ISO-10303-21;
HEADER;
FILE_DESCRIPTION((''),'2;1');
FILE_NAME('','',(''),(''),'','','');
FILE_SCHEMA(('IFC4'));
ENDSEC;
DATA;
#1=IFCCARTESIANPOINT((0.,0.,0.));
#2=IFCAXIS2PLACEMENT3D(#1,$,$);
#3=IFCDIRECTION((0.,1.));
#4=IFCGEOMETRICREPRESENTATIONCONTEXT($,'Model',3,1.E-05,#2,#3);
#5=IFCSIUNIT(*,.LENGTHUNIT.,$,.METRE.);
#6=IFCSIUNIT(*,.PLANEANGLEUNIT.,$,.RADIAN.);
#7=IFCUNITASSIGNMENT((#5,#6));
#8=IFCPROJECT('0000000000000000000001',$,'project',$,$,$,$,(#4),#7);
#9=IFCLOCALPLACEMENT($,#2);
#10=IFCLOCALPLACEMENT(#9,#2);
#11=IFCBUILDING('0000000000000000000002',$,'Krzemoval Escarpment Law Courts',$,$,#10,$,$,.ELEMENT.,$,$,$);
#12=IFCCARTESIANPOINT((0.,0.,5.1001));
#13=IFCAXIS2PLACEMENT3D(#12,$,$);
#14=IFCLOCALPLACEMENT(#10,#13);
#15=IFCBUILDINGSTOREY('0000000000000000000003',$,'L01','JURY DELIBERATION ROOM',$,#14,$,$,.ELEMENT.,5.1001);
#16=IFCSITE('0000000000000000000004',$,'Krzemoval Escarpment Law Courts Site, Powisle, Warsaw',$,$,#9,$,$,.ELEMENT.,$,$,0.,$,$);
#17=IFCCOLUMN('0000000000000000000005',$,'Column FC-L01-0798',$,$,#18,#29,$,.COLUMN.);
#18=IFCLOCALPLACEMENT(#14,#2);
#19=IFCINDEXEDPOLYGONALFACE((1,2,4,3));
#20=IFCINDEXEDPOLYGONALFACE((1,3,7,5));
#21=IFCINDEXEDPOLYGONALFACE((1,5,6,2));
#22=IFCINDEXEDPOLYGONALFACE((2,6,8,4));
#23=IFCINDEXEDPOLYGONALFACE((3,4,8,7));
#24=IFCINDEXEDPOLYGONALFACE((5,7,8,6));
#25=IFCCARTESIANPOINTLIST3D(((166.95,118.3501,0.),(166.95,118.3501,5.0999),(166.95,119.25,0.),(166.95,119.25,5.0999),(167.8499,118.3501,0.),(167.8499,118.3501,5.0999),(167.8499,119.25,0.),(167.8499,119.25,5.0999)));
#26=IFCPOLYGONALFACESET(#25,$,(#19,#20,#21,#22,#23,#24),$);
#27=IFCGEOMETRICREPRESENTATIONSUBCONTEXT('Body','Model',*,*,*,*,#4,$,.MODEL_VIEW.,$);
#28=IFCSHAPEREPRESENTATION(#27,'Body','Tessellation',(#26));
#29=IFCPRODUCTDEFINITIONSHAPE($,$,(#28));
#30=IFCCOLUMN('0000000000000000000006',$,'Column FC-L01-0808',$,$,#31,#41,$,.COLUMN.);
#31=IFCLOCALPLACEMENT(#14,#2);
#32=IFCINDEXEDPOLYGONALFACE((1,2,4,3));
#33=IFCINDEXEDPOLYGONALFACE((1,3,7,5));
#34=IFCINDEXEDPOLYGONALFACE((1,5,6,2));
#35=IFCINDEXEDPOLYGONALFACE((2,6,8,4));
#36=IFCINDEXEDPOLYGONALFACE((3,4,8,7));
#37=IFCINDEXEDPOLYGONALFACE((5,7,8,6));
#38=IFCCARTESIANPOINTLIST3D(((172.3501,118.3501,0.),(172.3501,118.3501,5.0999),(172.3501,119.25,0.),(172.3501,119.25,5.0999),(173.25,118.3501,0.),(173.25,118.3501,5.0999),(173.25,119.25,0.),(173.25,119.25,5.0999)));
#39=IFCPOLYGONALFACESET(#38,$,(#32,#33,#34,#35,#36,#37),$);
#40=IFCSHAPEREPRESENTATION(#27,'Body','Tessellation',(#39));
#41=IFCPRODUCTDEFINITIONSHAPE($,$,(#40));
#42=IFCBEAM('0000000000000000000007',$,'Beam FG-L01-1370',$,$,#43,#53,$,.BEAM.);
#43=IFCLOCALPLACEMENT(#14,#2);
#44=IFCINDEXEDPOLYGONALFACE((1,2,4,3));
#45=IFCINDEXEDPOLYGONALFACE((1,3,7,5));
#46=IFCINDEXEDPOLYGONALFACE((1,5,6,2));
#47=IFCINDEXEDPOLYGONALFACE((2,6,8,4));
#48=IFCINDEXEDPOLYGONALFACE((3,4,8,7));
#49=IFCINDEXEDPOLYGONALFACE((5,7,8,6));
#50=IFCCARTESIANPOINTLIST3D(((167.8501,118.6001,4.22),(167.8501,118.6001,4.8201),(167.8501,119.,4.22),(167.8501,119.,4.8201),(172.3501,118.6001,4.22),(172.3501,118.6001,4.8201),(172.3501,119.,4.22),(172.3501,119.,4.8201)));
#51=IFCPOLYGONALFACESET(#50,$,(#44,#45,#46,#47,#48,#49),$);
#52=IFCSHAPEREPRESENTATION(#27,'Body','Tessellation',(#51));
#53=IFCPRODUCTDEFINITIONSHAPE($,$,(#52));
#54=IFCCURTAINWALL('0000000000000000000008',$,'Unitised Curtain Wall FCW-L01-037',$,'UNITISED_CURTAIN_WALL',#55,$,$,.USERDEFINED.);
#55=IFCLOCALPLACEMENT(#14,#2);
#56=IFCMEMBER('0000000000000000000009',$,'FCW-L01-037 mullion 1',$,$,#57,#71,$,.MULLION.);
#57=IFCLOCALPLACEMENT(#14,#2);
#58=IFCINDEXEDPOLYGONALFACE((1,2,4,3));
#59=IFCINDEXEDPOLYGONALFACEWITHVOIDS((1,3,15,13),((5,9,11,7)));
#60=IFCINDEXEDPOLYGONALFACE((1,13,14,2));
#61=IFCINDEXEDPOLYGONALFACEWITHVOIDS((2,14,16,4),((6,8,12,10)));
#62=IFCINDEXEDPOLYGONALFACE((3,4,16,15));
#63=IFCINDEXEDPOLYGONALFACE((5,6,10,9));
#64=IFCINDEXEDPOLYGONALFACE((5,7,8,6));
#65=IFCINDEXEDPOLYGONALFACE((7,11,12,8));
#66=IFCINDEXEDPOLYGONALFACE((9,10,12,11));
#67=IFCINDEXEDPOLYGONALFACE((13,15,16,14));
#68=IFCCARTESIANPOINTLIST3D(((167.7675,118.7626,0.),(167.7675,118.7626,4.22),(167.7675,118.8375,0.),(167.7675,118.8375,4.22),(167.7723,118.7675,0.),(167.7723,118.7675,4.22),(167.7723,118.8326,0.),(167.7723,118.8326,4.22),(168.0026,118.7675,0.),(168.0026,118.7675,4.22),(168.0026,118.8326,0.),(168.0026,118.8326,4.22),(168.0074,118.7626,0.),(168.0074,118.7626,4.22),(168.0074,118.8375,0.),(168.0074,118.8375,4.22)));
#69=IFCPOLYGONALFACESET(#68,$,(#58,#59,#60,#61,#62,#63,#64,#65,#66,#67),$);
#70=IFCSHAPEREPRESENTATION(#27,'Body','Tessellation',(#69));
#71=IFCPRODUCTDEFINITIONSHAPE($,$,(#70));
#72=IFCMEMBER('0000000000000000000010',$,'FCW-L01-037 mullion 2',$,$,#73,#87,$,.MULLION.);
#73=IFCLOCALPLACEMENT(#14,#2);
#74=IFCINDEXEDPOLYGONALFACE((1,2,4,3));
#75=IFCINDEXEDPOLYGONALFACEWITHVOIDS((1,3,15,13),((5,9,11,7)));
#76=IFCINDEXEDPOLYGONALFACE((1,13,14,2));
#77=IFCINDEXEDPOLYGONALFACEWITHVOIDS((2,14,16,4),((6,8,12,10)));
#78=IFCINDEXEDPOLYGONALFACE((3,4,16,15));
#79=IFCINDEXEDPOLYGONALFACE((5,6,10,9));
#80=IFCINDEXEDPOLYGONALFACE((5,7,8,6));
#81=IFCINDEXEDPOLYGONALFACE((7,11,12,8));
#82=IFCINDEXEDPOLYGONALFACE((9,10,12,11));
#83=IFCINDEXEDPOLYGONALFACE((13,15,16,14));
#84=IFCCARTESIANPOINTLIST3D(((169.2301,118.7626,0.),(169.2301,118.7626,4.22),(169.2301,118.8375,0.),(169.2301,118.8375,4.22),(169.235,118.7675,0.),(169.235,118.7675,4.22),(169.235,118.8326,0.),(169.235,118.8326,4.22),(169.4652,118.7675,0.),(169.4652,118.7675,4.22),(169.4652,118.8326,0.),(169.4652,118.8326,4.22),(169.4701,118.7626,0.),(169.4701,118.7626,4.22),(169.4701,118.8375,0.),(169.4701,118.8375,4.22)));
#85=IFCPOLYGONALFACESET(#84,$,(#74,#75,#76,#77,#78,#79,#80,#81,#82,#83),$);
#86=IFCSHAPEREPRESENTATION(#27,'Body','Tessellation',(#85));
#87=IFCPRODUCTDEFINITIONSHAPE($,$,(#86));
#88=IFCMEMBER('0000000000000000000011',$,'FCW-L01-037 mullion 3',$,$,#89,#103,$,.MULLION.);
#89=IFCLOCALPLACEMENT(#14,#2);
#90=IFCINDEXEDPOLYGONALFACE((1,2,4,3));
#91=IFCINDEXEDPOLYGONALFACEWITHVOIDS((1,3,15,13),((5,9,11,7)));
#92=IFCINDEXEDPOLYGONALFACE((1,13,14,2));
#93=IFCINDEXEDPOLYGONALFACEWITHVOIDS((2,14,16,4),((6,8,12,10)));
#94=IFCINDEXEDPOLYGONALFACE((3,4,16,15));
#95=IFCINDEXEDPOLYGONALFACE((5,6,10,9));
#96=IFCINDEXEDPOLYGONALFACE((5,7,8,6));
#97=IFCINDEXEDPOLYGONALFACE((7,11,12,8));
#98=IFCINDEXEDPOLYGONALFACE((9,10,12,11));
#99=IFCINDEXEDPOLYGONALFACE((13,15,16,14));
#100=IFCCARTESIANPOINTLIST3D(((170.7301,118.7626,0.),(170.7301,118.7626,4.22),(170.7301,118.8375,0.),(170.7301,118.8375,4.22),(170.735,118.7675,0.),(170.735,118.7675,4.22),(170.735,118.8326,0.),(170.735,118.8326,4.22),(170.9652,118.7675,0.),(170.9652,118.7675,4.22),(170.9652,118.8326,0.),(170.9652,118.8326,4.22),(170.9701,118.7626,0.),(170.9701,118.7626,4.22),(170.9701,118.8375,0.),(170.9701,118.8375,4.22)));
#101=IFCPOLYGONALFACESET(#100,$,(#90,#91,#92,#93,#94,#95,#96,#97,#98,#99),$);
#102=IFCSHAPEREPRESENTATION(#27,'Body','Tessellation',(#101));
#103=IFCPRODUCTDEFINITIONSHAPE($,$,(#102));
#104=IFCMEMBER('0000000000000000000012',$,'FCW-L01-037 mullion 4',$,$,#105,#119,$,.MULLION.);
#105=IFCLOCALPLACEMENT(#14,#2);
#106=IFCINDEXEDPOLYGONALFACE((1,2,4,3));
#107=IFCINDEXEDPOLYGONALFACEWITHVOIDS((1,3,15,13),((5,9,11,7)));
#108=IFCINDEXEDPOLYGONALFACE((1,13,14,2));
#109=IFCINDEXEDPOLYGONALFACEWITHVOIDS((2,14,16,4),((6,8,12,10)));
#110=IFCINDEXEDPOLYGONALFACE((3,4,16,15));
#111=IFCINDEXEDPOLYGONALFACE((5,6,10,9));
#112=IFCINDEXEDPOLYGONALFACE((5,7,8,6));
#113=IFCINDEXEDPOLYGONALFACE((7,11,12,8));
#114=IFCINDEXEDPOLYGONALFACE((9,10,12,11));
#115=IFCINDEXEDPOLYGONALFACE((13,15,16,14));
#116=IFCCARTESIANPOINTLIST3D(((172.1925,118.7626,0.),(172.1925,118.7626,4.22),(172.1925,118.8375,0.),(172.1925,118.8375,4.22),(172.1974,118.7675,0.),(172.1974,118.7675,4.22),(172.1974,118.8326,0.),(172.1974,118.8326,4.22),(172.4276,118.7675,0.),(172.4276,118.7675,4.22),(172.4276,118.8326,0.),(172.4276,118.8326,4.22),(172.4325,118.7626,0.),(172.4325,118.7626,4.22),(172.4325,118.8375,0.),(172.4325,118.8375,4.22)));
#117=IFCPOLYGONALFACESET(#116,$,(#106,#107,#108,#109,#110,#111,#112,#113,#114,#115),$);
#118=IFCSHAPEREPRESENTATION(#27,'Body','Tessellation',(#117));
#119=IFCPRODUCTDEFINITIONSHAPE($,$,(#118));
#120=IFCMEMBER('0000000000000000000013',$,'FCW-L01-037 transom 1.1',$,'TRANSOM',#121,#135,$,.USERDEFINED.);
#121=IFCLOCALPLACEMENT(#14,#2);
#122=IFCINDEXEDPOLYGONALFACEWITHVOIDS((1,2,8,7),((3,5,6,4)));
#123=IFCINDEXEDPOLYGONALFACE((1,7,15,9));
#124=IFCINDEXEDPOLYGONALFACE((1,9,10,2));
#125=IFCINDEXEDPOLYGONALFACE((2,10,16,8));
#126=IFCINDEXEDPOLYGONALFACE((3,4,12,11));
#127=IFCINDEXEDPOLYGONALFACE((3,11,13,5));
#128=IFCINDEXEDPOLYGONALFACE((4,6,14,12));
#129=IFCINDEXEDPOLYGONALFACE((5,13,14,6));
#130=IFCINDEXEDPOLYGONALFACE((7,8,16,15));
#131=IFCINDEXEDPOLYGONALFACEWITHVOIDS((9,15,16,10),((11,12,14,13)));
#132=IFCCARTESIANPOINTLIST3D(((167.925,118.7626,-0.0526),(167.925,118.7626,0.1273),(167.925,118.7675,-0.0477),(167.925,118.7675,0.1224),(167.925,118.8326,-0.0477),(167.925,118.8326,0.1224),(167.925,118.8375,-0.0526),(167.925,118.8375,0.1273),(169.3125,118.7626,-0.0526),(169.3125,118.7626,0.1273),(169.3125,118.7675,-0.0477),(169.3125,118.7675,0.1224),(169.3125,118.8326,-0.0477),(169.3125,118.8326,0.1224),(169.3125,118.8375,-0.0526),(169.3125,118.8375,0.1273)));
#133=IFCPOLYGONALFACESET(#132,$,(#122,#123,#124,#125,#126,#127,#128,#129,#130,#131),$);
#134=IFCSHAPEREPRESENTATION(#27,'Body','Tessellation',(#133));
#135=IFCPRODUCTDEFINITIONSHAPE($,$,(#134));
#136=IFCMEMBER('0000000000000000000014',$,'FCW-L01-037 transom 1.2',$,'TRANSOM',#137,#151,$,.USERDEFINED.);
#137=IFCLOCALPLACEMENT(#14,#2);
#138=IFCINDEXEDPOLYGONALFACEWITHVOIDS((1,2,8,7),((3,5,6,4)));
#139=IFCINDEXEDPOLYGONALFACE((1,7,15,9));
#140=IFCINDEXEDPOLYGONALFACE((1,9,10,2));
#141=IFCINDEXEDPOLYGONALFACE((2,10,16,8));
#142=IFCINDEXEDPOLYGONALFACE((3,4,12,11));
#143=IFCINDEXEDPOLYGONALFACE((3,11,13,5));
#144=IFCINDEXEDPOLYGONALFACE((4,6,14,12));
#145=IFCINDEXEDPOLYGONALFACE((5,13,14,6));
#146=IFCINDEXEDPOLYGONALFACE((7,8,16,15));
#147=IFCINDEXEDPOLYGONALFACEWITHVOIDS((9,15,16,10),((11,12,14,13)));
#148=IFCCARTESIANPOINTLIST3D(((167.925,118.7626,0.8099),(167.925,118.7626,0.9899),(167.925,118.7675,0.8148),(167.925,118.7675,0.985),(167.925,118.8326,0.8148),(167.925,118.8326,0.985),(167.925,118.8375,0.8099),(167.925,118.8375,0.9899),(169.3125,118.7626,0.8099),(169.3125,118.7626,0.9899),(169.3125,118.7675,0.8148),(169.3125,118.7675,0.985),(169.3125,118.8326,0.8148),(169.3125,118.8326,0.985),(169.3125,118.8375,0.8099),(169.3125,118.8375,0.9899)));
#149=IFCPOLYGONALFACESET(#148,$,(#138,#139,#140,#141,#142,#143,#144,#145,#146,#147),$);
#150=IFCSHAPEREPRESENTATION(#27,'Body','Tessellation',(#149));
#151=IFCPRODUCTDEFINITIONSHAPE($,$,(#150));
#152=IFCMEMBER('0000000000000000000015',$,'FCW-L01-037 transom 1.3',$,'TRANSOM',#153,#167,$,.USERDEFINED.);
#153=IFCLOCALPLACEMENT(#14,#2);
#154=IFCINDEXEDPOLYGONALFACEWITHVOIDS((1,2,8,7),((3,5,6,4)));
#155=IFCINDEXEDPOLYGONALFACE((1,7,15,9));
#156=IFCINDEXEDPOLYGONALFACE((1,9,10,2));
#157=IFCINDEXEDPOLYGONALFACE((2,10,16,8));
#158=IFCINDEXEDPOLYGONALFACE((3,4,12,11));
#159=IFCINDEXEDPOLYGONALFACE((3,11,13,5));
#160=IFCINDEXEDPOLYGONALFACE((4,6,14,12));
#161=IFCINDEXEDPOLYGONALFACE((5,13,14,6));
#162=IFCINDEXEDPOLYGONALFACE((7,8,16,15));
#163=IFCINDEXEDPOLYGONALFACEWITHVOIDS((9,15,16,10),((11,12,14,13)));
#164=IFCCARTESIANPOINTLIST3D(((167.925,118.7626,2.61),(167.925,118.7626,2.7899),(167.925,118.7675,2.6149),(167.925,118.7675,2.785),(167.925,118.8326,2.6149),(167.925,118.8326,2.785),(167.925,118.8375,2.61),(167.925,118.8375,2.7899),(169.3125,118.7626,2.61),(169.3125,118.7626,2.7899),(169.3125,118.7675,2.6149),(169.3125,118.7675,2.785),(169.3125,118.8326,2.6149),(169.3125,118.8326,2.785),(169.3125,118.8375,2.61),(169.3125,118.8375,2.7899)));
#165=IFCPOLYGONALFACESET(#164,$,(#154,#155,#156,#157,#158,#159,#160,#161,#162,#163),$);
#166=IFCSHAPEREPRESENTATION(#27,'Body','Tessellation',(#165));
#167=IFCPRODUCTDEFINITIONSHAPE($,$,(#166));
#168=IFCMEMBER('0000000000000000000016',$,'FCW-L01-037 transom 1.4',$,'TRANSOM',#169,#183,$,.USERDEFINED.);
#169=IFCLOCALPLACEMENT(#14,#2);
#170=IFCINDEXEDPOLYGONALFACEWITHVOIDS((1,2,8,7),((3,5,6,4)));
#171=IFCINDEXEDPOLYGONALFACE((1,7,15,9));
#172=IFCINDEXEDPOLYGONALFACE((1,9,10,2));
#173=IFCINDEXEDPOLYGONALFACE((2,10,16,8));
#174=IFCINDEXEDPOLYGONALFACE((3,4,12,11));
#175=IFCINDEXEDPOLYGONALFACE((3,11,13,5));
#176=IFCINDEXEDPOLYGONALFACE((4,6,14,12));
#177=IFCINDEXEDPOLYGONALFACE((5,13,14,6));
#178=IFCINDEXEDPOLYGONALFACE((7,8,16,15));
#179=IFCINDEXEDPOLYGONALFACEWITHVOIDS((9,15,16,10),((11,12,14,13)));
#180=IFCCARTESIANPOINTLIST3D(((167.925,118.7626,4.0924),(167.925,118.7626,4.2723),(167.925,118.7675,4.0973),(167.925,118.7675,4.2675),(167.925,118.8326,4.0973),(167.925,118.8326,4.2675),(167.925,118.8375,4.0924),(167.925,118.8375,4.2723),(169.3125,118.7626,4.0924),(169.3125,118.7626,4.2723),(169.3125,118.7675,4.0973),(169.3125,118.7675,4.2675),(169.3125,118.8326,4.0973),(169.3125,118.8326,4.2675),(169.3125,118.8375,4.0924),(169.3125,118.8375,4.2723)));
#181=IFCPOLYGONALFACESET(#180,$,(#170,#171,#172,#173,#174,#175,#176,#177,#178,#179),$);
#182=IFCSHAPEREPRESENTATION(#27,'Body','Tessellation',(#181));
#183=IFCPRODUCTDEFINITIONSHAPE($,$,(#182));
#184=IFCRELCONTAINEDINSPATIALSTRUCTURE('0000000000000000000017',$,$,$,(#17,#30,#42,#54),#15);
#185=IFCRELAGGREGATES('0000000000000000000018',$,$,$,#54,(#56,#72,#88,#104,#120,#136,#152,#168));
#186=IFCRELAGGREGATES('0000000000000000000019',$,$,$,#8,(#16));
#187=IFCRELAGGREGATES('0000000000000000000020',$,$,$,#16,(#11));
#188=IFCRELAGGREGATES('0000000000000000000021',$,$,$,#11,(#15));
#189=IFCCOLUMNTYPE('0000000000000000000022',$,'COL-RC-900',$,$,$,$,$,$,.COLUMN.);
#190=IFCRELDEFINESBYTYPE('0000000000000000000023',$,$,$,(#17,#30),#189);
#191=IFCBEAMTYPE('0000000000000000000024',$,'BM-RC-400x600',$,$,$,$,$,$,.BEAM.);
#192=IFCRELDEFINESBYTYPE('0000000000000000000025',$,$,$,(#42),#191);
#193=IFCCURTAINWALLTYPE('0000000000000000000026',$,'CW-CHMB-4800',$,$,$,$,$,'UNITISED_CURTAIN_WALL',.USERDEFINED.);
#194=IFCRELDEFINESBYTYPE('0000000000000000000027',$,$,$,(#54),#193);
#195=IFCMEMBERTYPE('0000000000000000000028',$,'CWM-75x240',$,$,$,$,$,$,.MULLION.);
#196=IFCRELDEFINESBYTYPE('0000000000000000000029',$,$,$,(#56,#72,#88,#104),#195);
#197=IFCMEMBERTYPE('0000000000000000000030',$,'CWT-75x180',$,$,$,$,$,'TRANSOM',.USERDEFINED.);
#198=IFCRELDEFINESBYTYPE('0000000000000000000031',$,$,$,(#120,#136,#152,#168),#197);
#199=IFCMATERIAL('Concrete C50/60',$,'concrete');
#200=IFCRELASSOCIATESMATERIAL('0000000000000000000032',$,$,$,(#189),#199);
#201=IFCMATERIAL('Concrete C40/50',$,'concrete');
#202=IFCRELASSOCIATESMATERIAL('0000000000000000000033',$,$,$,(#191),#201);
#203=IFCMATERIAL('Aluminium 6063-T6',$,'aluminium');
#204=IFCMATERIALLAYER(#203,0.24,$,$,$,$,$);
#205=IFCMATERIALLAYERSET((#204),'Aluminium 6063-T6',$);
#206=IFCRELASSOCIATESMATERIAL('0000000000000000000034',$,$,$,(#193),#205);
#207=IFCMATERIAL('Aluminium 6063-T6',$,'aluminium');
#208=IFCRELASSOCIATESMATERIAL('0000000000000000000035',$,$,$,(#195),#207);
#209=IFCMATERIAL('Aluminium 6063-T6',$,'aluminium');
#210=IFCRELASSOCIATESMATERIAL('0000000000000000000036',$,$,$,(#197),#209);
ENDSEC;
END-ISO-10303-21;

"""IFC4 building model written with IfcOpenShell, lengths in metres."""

from ifc_helpers import new_model, si_unit, direction, frame, origin, origin_2d, place, context, subcontext, project, spatial, rectangle, hollow_rectangle, extrude, material, layer, layer_set, material_profile, profile_set, type_object, element, aggregate, save


model = new_model("IFC4")

# Units and contexts
model_context = context("Model", 3, precision=1e-05, world=origin(), true_north=direction((0.0, 1.0)))
body_context = subcontext(model_context, "Body", "Model", "MODEL_VIEW")
ifc_project = project(units=[si_unit("LENGTHUNIT", "METRE"), si_unit("PLANEANGLEUNIT", "RADIAN")], contexts=[model_context])

# Site, building, storey
site_placement = place(None, origin())
site = spatial("IfcSite", under=ifc_project, at=site_placement, Name="Krzemoval Escarpment Law Courts Site, Powisle, Warsaw", CompositionType="ELEMENT", RefElevation=0.0)
building_placement = place(site_placement, origin())
building = spatial("IfcBuilding", under=site, at=building_placement, Name="Krzemoval Escarpment Law Courts", CompositionType="ELEMENT")
storey_placement = place(building_placement, frame((0.0, 0.0, 5.1001)))
storey = spatial("IfcBuildingStorey", under=building, at=storey_placement, Name="L01", Description="JURY DELIBERATION ROOM", CompositionType="ELEMENT", Elevation=5.1001)

# Columns
ifc_material_1 = material(Name="Concrete C50/60", Category="concrete")
ifc_material_profile_1 = material_profile(ifc_material_1, rectangle(XDim=0.8999, YDim=0.8999, at=origin_2d()), Name="RC 900x900")
ifc_profile_set_1 = profile_set([ifc_material_profile_1], Name="Concrete C50/60")
column_type = type_object("IfcColumnType", Name="COL-RC-900", PredefinedType="COLUMN", material=ifc_profile_set_1)
for number, where, z_axis, x_axis, name in (
    (1, (167.3999, 118.8, 0.0), (0.0, 0.0, 1.0), (1.0, 0.0, 0.0), "Column FC-L01-0798"),
    (2, (172.8, 118.8, 0.0), (0.0, 0.0, 1.0), (1.0, 0.0, 0.0), "Column FC-L01-0808"),
):
    element("IfcColumn", number, at=place(storey_placement, frame(where, z_axis=z_axis, x_axis=x_axis)), inside=storey, type_object=column_type, Name=name, PredefinedType="COLUMN", context=body_context, shape_type="SweptSolid", body=[
        extrude(rectangle(XDim=0.8999, YDim=0.8999, at=origin_2d()), origin(), (0.0, 0.0, 1.0), 5.0999),
    ])

# Beam
ifc_material_2 = material(Name="Concrete C40/50", Category="concrete")
ifc_material_profile_2 = material_profile(ifc_material_2, rectangle(XDim=0.3999, YDim=0.6001, at=origin_2d()), Name="RCB 400x600")
ifc_profile_set_2 = profile_set([ifc_material_profile_2], Name="Concrete C40/50")
beam_type = type_object("IfcBeamType", Name="BM-RC-400x600", PredefinedType="BEAM", material=ifc_profile_set_2)
beam_placement = place(storey_placement, frame((167.8501, 118.8, 4.52), z_axis=(1.0, 0.0, 0.0), x_axis=(0.0, 1.0, 0.0)))
element("IfcBeam", 3, at=beam_placement, inside=storey, type_object=beam_type, Name="Beam FG-L01-1370", PredefinedType="BEAM", context=body_context, shape_type="SweptSolid", body=[
    extrude(rectangle(XDim=0.3999, YDim=0.6001, at=origin_2d()), origin(), (0.0, 0.0, 1.0), 4.5),
])

# Curtain wall, members
ifc_material_3 = material(Name="Aluminium 6063-T6", Category="aluminium")
ifc_layer_1 = layer(ifc_material_3, 0.24)
ifc_layer_set_1 = layer_set([ifc_layer_1], Name="Aluminium 6063-T6")
curtain_wall_type = type_object("IfcCurtainWallType", Name="CW-CHMB-4800", ElementType="UNITISED_CURTAIN_WALL", PredefinedType="USERDEFINED", material=ifc_layer_set_1)
curtain_wall_placement = place(storey_placement, origin())
curtain_wall = element("IfcCurtainWall", 4, at=curtain_wall_placement, inside=storey, type_object=curtain_wall_type, Name="Unitised Curtain Wall FCW-L01-037", ObjectType="UNITISED_CURTAIN_WALL", PredefinedType="USERDEFINED")
ifc_material_4 = material(Name="Aluminium 6063-T6", Category="aluminium")
ifc_material_profile_3 = material_profile(ifc_material_4, hollow_rectangle(XDim=0.075, YDim=0.24, WallThickness=0.0049, at=origin_2d()), Name="ALU M75x240")
ifc_profile_set_3 = profile_set([ifc_material_profile_3], Name="Aluminium 6063-T6")
member_type_1 = type_object("IfcMemberType", Name="CWM-75x240", PredefinedType="MULLION", material=ifc_profile_set_3)
member_1_placement = place(storey_placement, frame((167.8875, 118.8, 0.0), z_axis=(0.0, 0.0, 1.0), x_axis=(0.0, 1.0, 0.0)))
member_1 = element("IfcMember", 5, at=member_1_placement, type_object=member_type_1, Name="FCW-L01-037 mullion 1", PredefinedType="MULLION", context=body_context, shape_type="SweptSolid", body=[
    extrude(hollow_rectangle(XDim=0.075, YDim=0.24, WallThickness=0.0049, at=origin_2d()), origin(), (0.0, 0.0, 1.0), 4.22),
])
member_2_placement = place(storey_placement, frame((169.3501, 118.8, 0.0), z_axis=(0.0, 0.0, 1.0), x_axis=(0.0, 1.0, 0.0)))
member_2 = element("IfcMember", 6, at=member_2_placement, type_object=member_type_1, Name="FCW-L01-037 mullion 2", PredefinedType="MULLION", context=body_context, shape_type="SweptSolid", body=[
    extrude(hollow_rectangle(XDim=0.075, YDim=0.24, WallThickness=0.0049, at=origin_2d()), origin(), (0.0, 0.0, 1.0), 4.22),
])
member_3_placement = place(storey_placement, frame((170.8501, 118.8, 0.0), z_axis=(0.0, 0.0, 1.0), x_axis=(0.0, 1.0, 0.0)))
member_3 = element("IfcMember", 7, at=member_3_placement, type_object=member_type_1, Name="FCW-L01-037 mullion 3", PredefinedType="MULLION", context=body_context, shape_type="SweptSolid", body=[
    extrude(hollow_rectangle(XDim=0.075, YDim=0.24, WallThickness=0.0049, at=origin_2d()), origin(), (0.0, 0.0, 1.0), 4.22),
])
member_4_placement = place(storey_placement, frame((172.3125, 118.8, 0.0), z_axis=(0.0, 0.0, 1.0), x_axis=(0.0, 1.0, 0.0)))
member_4 = element("IfcMember", 8, at=member_4_placement, type_object=member_type_1, Name="FCW-L01-037 mullion 4", PredefinedType="MULLION", context=body_context, shape_type="SweptSolid", body=[
    extrude(hollow_rectangle(XDim=0.075, YDim=0.24, WallThickness=0.0049, at=origin_2d()), origin(), (0.0, 0.0, 1.0), 4.22),
])
ifc_material_5 = material(Name="Aluminium 6063-T6", Category="aluminium")
ifc_material_profile_4 = material_profile(ifc_material_5, hollow_rectangle(XDim=0.075, YDim=0.1799, WallThickness=0.0049, at=origin_2d()), Name="ALU T75x180")
ifc_profile_set_4 = profile_set([ifc_material_profile_4], Name="Aluminium 6063-T6")
member_type_2 = type_object("IfcMemberType", Name="CWT-75x180", ElementType="TRANSOM", PredefinedType="USERDEFINED", material=ifc_profile_set_4)
member_5_placement = place(storey_placement, frame((167.925, 118.8, 0.0374), z_axis=(1.0, 0.0, 0.0), x_axis=(0.0, 1.0, 0.0)))
member_5 = element("IfcMember", 9, at=member_5_placement, type_object=member_type_2, Name="FCW-L01-037 transom 1.1", ObjectType="TRANSOM", PredefinedType="USERDEFINED", context=body_context, shape_type="SweptSolid", body=[
    extrude(hollow_rectangle(XDim=0.075, YDim=0.1799, WallThickness=0.0049, at=origin_2d()), origin(), (0.0, 0.0, 1.0), 1.3875),
])
member_6_placement = place(storey_placement, frame((167.925, 118.8, 0.8999), z_axis=(1.0, 0.0, 0.0), x_axis=(0.0, 1.0, 0.0)))
member_6 = element("IfcMember", 10, at=member_6_placement, type_object=member_type_2, Name="FCW-L01-037 transom 1.2", ObjectType="TRANSOM", PredefinedType="USERDEFINED", context=body_context, shape_type="SweptSolid", body=[
    extrude(hollow_rectangle(XDim=0.075, YDim=0.1799, WallThickness=0.0049, at=origin_2d()), origin(), (0.0, 0.0, 1.0), 1.3875),
])
member_7_placement = place(storey_placement, frame((167.925, 118.8, 2.7), z_axis=(1.0, 0.0, 0.0), x_axis=(0.0, 1.0, 0.0)))
member_7 = element("IfcMember", 11, at=member_7_placement, type_object=member_type_2, Name="FCW-L01-037 transom 1.3", ObjectType="TRANSOM", PredefinedType="USERDEFINED", context=body_context, shape_type="SweptSolid", body=[
    extrude(hollow_rectangle(XDim=0.075, YDim=0.1799, WallThickness=0.0049, at=origin_2d()), origin(), (0.0, 0.0, 1.0), 1.3875),
])
member_8_placement = place(storey_placement, frame((167.925, 118.8, 4.1824), z_axis=(1.0, 0.0, 0.0), x_axis=(0.0, 1.0, 0.0)))
member_8 = element("IfcMember", 12, at=member_8_placement, type_object=member_type_2, Name="FCW-L01-037 transom 1.4", ObjectType="TRANSOM", PredefinedType="USERDEFINED", context=body_context, shape_type="SweptSolid", body=[
    extrude(hollow_rectangle(XDim=0.075, YDim=0.1799, WallThickness=0.0049, at=origin_2d()), origin(), (0.0, 0.0, 1.0), 1.3875),
])

aggregate(curtain_wall, [member_1, member_2, member_3, member_4, member_5, member_6, member_7, member_8])

save(model, "model.ifc")
